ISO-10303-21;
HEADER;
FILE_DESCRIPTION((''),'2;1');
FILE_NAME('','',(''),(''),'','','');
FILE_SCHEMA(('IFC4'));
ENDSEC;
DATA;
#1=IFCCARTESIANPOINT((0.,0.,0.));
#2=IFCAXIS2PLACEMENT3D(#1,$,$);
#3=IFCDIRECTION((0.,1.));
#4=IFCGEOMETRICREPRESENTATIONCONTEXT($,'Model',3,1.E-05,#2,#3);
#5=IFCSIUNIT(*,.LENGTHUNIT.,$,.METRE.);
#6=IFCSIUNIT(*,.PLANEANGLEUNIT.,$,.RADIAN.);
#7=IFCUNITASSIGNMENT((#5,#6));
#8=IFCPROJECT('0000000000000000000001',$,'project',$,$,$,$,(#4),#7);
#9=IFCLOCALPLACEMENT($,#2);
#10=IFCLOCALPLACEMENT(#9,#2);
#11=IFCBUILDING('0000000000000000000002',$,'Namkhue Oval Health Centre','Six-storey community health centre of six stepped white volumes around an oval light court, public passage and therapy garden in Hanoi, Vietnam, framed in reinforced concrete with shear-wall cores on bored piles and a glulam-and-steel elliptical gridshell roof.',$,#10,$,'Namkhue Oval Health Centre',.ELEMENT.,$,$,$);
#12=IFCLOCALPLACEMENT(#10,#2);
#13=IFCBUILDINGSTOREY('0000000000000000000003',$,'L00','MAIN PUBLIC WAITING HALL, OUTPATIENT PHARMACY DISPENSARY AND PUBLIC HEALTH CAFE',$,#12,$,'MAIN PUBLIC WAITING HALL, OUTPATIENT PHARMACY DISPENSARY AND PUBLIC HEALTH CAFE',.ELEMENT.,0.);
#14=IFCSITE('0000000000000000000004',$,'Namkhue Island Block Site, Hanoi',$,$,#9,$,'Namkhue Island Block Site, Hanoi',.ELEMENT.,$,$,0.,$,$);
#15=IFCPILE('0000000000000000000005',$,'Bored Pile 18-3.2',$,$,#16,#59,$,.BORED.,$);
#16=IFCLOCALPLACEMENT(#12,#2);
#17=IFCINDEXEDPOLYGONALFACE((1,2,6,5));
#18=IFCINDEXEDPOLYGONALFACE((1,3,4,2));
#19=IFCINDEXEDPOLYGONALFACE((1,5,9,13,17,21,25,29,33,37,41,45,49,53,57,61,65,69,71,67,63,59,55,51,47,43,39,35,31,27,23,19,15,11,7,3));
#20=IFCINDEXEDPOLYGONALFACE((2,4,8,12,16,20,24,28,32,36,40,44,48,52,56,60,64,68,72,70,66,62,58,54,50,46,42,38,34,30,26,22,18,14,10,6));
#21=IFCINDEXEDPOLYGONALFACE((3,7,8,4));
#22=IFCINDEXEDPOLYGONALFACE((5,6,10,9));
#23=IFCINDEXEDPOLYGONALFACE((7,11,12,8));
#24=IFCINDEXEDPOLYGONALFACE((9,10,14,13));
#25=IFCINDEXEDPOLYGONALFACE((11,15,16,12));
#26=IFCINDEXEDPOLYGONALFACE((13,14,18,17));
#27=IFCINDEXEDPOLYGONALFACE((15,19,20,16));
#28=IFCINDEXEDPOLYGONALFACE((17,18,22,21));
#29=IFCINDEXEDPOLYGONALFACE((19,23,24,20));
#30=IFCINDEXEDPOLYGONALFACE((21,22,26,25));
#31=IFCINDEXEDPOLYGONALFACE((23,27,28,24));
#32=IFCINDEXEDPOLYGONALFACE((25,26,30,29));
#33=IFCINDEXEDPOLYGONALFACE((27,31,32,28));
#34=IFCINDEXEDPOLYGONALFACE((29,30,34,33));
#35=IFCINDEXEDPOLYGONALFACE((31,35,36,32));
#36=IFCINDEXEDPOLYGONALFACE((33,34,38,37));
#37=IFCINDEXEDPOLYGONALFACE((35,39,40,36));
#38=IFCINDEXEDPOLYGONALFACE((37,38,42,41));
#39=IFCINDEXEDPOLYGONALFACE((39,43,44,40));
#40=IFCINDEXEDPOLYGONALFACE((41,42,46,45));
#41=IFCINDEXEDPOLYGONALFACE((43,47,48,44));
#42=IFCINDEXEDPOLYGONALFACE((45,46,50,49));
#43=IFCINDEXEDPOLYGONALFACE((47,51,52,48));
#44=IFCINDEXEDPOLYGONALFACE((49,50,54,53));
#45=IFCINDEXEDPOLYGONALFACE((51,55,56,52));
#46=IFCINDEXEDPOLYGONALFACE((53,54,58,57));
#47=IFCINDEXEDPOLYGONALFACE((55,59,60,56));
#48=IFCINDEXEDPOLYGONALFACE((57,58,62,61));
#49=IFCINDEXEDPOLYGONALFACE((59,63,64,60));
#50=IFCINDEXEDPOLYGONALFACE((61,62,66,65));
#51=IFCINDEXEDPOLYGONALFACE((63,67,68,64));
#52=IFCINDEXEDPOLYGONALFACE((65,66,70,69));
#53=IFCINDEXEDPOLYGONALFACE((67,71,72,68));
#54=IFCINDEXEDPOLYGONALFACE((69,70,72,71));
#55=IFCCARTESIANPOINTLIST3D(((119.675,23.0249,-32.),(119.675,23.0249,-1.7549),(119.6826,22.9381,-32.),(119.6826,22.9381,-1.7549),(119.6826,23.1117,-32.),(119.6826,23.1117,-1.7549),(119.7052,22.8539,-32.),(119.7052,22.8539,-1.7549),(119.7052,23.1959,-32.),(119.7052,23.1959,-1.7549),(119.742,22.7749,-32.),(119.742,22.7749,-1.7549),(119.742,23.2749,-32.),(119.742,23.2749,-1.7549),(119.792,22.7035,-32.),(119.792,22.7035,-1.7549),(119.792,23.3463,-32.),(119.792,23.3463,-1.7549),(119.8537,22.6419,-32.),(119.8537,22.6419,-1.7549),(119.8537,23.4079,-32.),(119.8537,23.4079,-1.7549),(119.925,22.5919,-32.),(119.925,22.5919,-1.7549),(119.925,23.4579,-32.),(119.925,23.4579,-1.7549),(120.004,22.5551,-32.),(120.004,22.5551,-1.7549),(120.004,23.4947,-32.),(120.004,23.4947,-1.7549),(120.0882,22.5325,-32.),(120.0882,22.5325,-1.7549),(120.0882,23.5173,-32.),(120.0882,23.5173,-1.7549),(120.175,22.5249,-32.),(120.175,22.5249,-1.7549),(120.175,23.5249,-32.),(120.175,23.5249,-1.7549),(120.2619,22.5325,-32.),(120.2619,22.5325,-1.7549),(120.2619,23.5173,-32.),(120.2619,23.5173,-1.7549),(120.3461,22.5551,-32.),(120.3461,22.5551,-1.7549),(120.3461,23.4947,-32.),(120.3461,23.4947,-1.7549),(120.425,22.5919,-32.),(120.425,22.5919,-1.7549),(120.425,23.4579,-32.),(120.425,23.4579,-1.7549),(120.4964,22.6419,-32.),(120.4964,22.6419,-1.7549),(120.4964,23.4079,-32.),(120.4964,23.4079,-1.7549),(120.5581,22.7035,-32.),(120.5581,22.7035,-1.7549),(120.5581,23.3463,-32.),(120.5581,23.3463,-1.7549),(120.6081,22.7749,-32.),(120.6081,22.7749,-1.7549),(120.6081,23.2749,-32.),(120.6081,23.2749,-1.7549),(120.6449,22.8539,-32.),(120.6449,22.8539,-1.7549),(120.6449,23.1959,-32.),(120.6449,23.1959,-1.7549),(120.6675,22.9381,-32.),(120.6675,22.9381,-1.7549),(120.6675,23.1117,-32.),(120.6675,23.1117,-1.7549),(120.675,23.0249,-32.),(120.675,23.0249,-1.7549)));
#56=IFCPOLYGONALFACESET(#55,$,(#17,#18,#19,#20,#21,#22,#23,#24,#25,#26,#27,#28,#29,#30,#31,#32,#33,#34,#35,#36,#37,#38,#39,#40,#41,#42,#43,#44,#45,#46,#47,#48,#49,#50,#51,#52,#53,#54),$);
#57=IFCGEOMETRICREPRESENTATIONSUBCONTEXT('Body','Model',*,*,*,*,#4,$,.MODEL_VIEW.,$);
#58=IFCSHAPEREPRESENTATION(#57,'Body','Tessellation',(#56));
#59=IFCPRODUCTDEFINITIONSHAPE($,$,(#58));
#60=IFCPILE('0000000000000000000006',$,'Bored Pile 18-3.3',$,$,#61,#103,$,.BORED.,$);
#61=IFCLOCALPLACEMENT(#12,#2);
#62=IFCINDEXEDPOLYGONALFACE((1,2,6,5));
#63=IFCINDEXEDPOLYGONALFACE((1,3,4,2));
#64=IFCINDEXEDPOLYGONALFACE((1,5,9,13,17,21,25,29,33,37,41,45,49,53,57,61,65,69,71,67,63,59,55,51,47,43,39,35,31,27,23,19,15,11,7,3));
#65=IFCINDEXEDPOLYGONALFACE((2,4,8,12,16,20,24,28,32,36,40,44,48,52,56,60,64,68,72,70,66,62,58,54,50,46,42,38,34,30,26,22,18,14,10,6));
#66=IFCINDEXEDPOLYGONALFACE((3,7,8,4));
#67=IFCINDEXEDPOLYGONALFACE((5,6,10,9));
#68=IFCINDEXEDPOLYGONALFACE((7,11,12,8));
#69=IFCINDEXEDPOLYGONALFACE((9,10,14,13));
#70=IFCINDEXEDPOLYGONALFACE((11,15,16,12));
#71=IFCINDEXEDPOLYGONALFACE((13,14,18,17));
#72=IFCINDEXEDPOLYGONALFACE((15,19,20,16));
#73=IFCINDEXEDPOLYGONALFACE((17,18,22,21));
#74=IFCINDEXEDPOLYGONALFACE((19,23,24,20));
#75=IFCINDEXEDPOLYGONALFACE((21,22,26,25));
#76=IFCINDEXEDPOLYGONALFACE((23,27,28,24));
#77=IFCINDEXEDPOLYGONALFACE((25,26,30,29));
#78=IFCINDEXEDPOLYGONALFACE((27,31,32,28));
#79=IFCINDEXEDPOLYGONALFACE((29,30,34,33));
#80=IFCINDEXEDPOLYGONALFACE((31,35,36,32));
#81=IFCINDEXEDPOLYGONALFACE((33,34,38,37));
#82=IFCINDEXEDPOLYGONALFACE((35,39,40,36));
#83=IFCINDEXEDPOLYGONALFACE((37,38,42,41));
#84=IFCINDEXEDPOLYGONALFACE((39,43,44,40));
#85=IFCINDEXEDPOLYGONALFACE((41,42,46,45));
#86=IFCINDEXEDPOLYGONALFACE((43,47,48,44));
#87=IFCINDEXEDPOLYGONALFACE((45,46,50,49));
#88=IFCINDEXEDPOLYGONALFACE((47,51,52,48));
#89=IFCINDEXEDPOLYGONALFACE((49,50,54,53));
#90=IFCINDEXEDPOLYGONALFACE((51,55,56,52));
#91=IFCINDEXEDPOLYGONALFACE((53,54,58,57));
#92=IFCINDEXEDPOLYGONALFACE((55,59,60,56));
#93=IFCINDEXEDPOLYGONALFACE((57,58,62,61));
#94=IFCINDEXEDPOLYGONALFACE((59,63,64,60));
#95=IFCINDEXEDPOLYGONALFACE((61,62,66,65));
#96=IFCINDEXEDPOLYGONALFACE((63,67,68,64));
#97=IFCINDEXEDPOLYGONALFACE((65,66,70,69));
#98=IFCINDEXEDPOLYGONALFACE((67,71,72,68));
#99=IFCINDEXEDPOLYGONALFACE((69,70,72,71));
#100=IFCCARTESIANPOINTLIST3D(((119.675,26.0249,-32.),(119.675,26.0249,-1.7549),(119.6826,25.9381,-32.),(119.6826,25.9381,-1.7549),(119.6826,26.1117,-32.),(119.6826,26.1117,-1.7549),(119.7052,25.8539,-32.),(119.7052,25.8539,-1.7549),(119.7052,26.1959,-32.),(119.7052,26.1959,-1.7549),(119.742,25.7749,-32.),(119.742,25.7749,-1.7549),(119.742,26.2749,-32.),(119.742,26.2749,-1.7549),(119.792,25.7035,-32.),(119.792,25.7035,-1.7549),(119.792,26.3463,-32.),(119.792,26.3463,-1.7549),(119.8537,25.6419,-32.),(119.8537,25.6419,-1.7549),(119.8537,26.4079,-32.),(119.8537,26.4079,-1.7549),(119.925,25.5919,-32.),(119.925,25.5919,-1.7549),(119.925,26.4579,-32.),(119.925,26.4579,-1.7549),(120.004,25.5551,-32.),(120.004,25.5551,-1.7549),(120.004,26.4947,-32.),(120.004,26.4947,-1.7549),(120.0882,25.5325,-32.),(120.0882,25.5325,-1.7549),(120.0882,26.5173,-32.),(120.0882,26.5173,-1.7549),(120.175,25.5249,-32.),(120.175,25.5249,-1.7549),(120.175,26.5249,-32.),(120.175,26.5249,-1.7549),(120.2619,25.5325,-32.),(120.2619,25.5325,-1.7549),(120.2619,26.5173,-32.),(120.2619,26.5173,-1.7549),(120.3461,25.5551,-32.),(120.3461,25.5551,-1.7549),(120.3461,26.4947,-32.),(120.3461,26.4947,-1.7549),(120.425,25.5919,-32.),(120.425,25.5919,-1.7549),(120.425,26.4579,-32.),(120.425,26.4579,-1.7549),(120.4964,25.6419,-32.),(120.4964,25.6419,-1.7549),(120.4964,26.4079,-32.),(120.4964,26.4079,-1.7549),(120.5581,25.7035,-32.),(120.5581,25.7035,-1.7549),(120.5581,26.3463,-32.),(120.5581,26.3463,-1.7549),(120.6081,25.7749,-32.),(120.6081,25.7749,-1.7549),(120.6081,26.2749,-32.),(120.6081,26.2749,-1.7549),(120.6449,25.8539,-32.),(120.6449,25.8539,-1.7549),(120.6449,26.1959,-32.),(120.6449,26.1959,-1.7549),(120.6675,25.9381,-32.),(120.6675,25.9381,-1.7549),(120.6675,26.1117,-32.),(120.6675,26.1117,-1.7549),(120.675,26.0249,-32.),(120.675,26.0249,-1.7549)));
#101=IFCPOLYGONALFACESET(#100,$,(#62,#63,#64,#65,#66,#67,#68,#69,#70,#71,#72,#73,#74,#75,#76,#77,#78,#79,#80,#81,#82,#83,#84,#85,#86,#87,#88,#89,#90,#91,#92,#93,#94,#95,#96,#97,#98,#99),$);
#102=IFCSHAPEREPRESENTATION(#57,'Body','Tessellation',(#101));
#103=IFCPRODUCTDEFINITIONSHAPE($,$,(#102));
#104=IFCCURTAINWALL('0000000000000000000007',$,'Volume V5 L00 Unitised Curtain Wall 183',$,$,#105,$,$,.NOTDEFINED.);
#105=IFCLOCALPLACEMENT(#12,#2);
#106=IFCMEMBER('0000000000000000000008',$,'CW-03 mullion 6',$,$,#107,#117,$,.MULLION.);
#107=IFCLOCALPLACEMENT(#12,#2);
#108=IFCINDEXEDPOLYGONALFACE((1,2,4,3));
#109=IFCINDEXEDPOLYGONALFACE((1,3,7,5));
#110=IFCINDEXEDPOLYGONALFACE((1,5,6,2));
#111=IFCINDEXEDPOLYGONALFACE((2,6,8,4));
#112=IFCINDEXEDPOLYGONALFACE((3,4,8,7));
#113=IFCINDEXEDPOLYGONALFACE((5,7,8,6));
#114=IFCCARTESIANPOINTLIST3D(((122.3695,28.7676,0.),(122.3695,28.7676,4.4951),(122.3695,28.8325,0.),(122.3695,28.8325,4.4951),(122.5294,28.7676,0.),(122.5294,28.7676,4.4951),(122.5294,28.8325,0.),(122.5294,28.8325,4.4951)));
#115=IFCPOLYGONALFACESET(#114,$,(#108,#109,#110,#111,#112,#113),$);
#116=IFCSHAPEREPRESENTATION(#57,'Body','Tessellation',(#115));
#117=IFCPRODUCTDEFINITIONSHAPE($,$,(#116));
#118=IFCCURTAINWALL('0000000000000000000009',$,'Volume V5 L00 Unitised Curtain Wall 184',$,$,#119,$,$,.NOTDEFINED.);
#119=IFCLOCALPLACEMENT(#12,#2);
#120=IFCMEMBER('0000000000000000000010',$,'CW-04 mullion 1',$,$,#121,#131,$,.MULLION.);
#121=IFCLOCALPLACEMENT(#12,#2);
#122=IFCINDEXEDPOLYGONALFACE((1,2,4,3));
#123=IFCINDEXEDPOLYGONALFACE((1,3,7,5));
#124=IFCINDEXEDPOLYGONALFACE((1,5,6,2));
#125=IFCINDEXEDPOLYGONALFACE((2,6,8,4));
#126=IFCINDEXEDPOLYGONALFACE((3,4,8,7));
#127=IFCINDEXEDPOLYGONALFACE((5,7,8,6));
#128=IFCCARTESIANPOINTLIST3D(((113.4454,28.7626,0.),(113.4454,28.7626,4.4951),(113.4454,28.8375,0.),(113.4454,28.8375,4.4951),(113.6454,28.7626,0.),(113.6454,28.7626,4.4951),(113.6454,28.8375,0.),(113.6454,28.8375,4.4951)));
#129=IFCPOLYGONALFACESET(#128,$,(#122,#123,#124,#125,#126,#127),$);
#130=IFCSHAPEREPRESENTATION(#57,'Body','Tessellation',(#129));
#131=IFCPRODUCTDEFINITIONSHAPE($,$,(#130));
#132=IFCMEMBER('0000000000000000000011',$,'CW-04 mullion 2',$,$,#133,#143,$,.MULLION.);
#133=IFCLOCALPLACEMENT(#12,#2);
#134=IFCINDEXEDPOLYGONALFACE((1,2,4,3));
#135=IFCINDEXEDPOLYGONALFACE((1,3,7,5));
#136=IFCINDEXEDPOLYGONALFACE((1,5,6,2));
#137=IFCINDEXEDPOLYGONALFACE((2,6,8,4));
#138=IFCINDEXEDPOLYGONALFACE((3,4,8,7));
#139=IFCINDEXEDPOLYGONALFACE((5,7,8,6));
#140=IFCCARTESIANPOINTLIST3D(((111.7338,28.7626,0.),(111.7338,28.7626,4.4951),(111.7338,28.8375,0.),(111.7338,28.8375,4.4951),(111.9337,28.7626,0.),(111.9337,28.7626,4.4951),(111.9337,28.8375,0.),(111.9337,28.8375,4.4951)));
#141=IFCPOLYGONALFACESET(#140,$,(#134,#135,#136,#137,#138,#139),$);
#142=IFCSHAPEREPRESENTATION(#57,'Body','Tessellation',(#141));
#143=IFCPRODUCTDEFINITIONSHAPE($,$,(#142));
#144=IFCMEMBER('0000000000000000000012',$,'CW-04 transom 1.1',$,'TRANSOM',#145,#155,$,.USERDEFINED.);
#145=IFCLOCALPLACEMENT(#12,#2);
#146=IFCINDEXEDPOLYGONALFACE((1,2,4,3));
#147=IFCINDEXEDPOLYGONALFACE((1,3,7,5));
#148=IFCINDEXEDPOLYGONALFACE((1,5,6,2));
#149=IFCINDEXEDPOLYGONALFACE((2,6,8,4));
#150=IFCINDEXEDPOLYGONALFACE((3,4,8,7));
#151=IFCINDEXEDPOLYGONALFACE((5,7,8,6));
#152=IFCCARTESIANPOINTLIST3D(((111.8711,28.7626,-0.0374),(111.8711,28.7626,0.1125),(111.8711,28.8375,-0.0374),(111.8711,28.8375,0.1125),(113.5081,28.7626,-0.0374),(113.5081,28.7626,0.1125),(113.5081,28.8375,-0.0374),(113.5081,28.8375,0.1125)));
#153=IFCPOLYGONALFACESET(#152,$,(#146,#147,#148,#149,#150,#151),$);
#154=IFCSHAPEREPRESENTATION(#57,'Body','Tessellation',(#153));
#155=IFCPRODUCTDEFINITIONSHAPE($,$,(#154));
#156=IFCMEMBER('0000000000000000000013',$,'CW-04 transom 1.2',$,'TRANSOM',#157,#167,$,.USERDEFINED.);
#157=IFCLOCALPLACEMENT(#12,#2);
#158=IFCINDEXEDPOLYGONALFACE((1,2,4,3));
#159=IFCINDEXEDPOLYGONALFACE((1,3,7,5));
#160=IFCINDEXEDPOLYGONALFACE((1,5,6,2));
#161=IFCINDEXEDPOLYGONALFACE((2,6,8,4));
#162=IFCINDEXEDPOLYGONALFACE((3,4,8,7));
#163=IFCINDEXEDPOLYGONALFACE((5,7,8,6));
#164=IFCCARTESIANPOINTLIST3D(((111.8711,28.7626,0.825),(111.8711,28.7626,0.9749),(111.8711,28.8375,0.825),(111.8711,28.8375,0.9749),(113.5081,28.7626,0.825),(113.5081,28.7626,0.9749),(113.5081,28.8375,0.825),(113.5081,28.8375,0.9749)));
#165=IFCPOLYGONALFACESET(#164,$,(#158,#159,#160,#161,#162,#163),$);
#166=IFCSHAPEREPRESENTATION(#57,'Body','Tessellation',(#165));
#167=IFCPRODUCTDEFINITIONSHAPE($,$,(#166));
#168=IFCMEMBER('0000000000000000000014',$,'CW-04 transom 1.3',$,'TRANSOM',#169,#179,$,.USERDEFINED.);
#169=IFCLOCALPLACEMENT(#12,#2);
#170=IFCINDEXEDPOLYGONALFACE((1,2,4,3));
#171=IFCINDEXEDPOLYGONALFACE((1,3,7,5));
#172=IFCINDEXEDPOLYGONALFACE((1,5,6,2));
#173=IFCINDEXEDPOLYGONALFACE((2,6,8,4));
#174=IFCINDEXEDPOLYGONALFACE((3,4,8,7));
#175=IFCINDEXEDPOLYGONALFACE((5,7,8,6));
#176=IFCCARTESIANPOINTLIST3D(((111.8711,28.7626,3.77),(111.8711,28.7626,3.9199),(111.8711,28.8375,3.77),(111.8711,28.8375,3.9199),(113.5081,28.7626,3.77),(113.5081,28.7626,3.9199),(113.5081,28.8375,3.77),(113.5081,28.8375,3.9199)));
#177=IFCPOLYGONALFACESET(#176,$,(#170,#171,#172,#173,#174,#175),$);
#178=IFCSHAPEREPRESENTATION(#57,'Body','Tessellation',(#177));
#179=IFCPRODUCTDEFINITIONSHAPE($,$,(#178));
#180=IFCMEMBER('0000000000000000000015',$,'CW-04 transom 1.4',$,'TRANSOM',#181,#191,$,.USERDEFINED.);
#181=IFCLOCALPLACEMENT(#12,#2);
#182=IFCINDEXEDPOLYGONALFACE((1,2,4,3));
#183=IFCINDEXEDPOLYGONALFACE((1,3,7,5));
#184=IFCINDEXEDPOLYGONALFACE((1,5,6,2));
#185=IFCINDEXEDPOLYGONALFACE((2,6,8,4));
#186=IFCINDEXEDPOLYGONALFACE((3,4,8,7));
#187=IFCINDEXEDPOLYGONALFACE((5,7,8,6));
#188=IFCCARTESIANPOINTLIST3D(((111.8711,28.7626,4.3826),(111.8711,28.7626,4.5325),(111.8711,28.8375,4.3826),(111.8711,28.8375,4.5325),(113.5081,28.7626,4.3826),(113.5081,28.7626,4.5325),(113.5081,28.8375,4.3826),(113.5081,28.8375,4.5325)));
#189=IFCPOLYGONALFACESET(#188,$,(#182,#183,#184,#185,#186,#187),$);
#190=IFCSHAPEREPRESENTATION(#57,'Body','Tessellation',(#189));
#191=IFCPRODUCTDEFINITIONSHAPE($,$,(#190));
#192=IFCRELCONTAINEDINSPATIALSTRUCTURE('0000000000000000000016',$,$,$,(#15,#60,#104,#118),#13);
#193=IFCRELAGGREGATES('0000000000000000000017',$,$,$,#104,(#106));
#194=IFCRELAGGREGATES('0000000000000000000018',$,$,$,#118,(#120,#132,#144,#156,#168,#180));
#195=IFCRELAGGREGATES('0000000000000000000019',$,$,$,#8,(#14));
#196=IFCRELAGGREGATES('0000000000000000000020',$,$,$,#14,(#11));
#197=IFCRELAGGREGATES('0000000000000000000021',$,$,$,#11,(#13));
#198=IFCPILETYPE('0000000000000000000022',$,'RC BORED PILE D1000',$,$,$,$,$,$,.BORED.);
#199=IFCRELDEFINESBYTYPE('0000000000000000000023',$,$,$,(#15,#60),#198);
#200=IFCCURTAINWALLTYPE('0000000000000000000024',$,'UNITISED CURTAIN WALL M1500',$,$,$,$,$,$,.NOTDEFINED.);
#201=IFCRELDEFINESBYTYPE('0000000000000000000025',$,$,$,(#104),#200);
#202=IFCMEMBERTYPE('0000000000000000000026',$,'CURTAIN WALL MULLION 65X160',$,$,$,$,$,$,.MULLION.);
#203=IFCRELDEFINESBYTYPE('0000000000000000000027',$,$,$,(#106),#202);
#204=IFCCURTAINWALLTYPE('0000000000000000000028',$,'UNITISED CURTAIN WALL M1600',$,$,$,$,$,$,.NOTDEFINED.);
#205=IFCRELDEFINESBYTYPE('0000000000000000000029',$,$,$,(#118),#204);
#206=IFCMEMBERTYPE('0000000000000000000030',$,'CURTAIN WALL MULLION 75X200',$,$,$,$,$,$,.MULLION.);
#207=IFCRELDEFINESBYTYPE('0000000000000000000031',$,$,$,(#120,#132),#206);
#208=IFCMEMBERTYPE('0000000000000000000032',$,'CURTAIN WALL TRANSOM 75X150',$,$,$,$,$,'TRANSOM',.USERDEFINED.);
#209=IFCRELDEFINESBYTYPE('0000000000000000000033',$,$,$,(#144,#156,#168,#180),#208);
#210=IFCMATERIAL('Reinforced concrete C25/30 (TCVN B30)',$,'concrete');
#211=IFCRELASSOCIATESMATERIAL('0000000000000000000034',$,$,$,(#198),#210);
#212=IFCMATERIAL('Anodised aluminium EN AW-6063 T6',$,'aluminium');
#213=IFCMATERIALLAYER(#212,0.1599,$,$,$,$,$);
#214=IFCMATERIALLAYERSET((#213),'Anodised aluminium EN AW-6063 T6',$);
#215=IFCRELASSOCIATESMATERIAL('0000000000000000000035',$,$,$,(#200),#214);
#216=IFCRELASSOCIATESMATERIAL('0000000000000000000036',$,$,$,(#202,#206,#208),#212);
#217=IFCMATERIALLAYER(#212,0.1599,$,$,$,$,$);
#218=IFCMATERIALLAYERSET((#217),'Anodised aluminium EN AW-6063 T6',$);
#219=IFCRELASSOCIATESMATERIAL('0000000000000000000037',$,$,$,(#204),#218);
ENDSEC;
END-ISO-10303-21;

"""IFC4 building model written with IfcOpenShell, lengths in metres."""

from ifc_helpers import new_model, si_unit, direction, frame, origin, origin_2d, place, context, subcontext, project, spatial, rectangle, circle, extrude, material, layer, layer_set, material_profile, profile_set, type_object, element, aggregate, save


model = new_model("IFC4")

# Units and contexts
model_context = context("Model", 3, precision=1e-05, world=origin(), true_north=direction((0.0, 1.0)))
body_context = subcontext(model_context, "Body", "Model", "MODEL_VIEW")
ifc_project = project(units=[si_unit("LENGTHUNIT", "METRE"), si_unit("PLANEANGLEUNIT", "RADIAN")], contexts=[model_context])

# Site, building, storey
site_placement = place(None, origin())
site = spatial("IfcSite", under=ifc_project, at=site_placement, Name="Namkhue Island Block Site, Hanoi", LongName="Namkhue Island Block Site, Hanoi", CompositionType="ELEMENT", RefElevation=0.0)
building_placement = place(site_placement, origin())
building = spatial("IfcBuilding", under=site, at=building_placement, Name="Namkhue Oval Health Centre", Description="Six-storey community health centre of six stepped white volumes around an oval light court, public passage and therapy garden in Hanoi, Vietnam, framed in reinforced concrete with shear-wall cores on bored piles and a glulam-and-steel elliptical gridshell roof.", LongName="Namkhue Oval Health Centre", CompositionType="ELEMENT")
storey_placement = place(building_placement, origin())
storey = spatial("IfcBuildingStorey", under=building, at=storey_placement, Name="L00", Description="MAIN PUBLIC WAITING HALL, OUTPATIENT PHARMACY DISPENSARY AND PUBLIC HEALTH CAFE", LongName="MAIN PUBLIC WAITING HALL, OUTPATIENT PHARMACY DISPENSARY AND PUBLIC HEALTH CAFE", CompositionType="ELEMENT", Elevation=0.0)

# Piles
ifc_material_1 = material(Name="Reinforced concrete C25/30 (TCVN B30)", Category="concrete")
ifc_material_profile_1 = material_profile(ifc_material_1, circle(Radius=0.5, at=origin_2d()), Name="BORED PILE D1000")
ifc_profile_set_1 = profile_set([ifc_material_profile_1], Name="Reinforced concrete C25/30 (TCVN B30)")
pile_type = type_object("IfcPileType", Name="RC BORED PILE D1000", PredefinedType="BORED", material=ifc_profile_set_1)
for number, where, z_axis, x_axis, name in (
    (1, (120.175, 23.0249, -1.7549), (0.0, 0.0, -1.0), (1.0, 0.0, 0.0), "Bored Pile 18-3.2"),
    (2, (120.175, 26.0249, -1.7549), (0.0, 0.0, -1.0), (1.0, 0.0, 0.0), "Bored Pile 18-3.3"),
):
    element("IfcPile", number, at=place(storey_placement, frame(where, z_axis=z_axis, x_axis=x_axis)), inside=storey, type_object=pile_type, Name=name, PredefinedType="BORED", context=body_context, shape_type="SweptSolid", body=[
        extrude(circle(Radius=0.5, at=origin_2d()), origin(), (0.0, 0.0, 1.0), 30.2451),
    ])

# Curtain wall, member
ifc_material_2 = material(Name="Anodised aluminium EN AW-6063 T6", Category="aluminium")
ifc_layer_1 = layer(ifc_material_2, 0.1599)
ifc_layer_set_1 = layer_set([ifc_layer_1], Name="Anodised aluminium EN AW-6063 T6")
curtain_wall_type_1 = type_object("IfcCurtainWallType", Name="UNITISED CURTAIN WALL M1500", PredefinedType="NOTDEFINED", material=ifc_layer_set_1)
curtain_wall_1_placement = place(storey_placement, origin())
curtain_wall_1 = element("IfcCurtainWall", 3, at=curtain_wall_1_placement, inside=storey, type_object=curtain_wall_type_1, Name="Volume V5 L00 Unitised Curtain Wall 183", PredefinedType="NOTDEFINED")
ifc_material_profile_2 = material_profile(ifc_material_2, rectangle(XDim=0.0649, YDim=0.1599, at=origin_2d()), Name="ALU 65x160")
ifc_profile_set_2 = profile_set([ifc_material_profile_2], Name="Anodised aluminium EN AW-6063 T6")
member_type_1 = type_object("IfcMemberType", Name="CURTAIN WALL MULLION 65X160", PredefinedType="MULLION", material=ifc_profile_set_2)
member_1_placement = place(storey_placement, frame((122.4495, 28.8, 0.0), z_axis=(0.0, 0.0, 1.0), x_axis=(0.0, -1.0, 0.0)))
member_1 = element("IfcMember", 4, at=member_1_placement, type_object=member_type_1, Name="CW-03 mullion 6", PredefinedType="MULLION", context=body_context, shape_type="SweptSolid", body=[
    extrude(rectangle(XDim=0.0649, YDim=0.1599, at=origin_2d()), origin(), (0.0, 0.0, 1.0), 4.4951),
])

# Curtain wall, members
ifc_layer_2 = layer(ifc_material_2, 0.1599)
ifc_layer_set_2 = layer_set([ifc_layer_2], Name="Anodised aluminium EN AW-6063 T6")
curtain_wall_type_2 = type_object("IfcCurtainWallType", Name="UNITISED CURTAIN WALL M1600", PredefinedType="NOTDEFINED", material=ifc_layer_set_2)
curtain_wall_2_placement = place(storey_placement, origin())
curtain_wall_2 = element("IfcCurtainWall", 5, at=curtain_wall_2_placement, inside=storey, type_object=curtain_wall_type_2, Name="Volume V5 L00 Unitised Curtain Wall 184", PredefinedType="NOTDEFINED")
ifc_material_profile_3 = material_profile(ifc_material_2, rectangle(XDim=0.075, YDim=0.2, at=origin_2d()), Name="ALU 75x200")
ifc_profile_set_3 = profile_set([ifc_material_profile_3], Name="Anodised aluminium EN AW-6063 T6")
member_type_2 = type_object("IfcMemberType", Name="CURTAIN WALL MULLION 75X200", PredefinedType="MULLION", material=ifc_profile_set_3)
member_2_placement = place(storey_placement, frame((113.5454, 28.8, 0.0), z_axis=(0.0, 0.0, 1.0), x_axis=(0.0, -1.0, 0.0)))
member_2 = element("IfcMember", 6, at=member_2_placement, type_object=member_type_2, Name="CW-04 mullion 1", PredefinedType="MULLION", context=body_context, shape_type="SweptSolid", body=[
    extrude(rectangle(XDim=0.075, YDim=0.2, at=origin_2d()), origin(), (0.0, 0.0, 1.0), 4.4951),
])
member_3_placement = place(storey_placement, frame((111.8337, 28.8, 0.0), z_axis=(0.0, 0.0, 1.0), x_axis=(0.0, -1.0, 0.0)))
member_3 = element("IfcMember", 7, at=member_3_placement, type_object=member_type_2, Name="CW-04 mullion 2", PredefinedType="MULLION", context=body_context, shape_type="SweptSolid", body=[
    extrude(rectangle(XDim=0.075, YDim=0.2, at=origin_2d()), origin(), (0.0, 0.0, 1.0), 4.4951),
])
ifc_material_profile_4 = material_profile(ifc_material_2, rectangle(XDim=0.075, YDim=0.1499, at=origin_2d()), Name="ALU 75x150")
ifc_profile_set_4 = profile_set([ifc_material_profile_4], Name="Anodised aluminium EN AW-6063 T6")
member_type_3 = type_object("IfcMemberType", Name="CURTAIN WALL TRANSOM 75X150", ElementType="TRANSOM", PredefinedType="USERDEFINED", material=ifc_profile_set_4)
member_4_placement = place(storey_placement, frame((113.5081, 28.8, 0.0376), z_axis=(-1.0, 0.0, 0.0), x_axis=(0.0, -1.0, 0.0)))
member_4 = element("IfcMember", 8, at=member_4_placement, type_object=member_type_3, Name="CW-04 transom 1.1", ObjectType="TRANSOM", PredefinedType="USERDEFINED", context=body_context, shape_type="SweptSolid", body=[
    extrude(rectangle(XDim=0.075, YDim=0.1499, at=origin_2d()), origin(), (0.0, 0.0, 1.0), 1.637),
])
member_5_placement = place(storey_placement, frame((113.5081, 28.8, 0.8999), z_axis=(-1.0, 0.0, 0.0), x_axis=(0.0, -1.0, 0.0)))
member_5 = element("IfcMember", 9, at=member_5_placement, type_object=member_type_3, Name="CW-04 transom 1.2", ObjectType="TRANSOM", PredefinedType="USERDEFINED", context=body_context, shape_type="SweptSolid", body=[
    extrude(rectangle(XDim=0.075, YDim=0.1499, at=origin_2d()), origin(), (0.0, 0.0, 1.0), 1.637),
])
member_6_placement = place(storey_placement, frame((113.5081, 28.8, 3.845), z_axis=(-1.0, 0.0, 0.0), x_axis=(0.0, -1.0, 0.0)))
member_6 = element("IfcMember", 10, at=member_6_placement, type_object=member_type_3, Name="CW-04 transom 1.3", ObjectType="TRANSOM", PredefinedType="USERDEFINED", context=body_context, shape_type="SweptSolid", body=[
    extrude(rectangle(XDim=0.075, YDim=0.1499, at=origin_2d()), origin(), (0.0, 0.0, 1.0), 1.637),
])
member_7_placement = place(storey_placement, frame((113.5081, 28.8, 4.4575), z_axis=(-1.0, 0.0, 0.0), x_axis=(0.0, -1.0, 0.0)))
member_7 = element("IfcMember", 11, at=member_7_placement, type_object=member_type_3, Name="CW-04 transom 1.4", ObjectType="TRANSOM", PredefinedType="USERDEFINED", context=body_context, shape_type="SweptSolid", body=[
    extrude(rectangle(XDim=0.075, YDim=0.1499, at=origin_2d()), origin(), (0.0, 0.0, 1.0), 1.637),
])

aggregate(curtain_wall_1, [member_1])
aggregate(curtain_wall_2, [member_2, member_3, member_4, member_5, member_6, member_7])

save(model, "model.ifc")
